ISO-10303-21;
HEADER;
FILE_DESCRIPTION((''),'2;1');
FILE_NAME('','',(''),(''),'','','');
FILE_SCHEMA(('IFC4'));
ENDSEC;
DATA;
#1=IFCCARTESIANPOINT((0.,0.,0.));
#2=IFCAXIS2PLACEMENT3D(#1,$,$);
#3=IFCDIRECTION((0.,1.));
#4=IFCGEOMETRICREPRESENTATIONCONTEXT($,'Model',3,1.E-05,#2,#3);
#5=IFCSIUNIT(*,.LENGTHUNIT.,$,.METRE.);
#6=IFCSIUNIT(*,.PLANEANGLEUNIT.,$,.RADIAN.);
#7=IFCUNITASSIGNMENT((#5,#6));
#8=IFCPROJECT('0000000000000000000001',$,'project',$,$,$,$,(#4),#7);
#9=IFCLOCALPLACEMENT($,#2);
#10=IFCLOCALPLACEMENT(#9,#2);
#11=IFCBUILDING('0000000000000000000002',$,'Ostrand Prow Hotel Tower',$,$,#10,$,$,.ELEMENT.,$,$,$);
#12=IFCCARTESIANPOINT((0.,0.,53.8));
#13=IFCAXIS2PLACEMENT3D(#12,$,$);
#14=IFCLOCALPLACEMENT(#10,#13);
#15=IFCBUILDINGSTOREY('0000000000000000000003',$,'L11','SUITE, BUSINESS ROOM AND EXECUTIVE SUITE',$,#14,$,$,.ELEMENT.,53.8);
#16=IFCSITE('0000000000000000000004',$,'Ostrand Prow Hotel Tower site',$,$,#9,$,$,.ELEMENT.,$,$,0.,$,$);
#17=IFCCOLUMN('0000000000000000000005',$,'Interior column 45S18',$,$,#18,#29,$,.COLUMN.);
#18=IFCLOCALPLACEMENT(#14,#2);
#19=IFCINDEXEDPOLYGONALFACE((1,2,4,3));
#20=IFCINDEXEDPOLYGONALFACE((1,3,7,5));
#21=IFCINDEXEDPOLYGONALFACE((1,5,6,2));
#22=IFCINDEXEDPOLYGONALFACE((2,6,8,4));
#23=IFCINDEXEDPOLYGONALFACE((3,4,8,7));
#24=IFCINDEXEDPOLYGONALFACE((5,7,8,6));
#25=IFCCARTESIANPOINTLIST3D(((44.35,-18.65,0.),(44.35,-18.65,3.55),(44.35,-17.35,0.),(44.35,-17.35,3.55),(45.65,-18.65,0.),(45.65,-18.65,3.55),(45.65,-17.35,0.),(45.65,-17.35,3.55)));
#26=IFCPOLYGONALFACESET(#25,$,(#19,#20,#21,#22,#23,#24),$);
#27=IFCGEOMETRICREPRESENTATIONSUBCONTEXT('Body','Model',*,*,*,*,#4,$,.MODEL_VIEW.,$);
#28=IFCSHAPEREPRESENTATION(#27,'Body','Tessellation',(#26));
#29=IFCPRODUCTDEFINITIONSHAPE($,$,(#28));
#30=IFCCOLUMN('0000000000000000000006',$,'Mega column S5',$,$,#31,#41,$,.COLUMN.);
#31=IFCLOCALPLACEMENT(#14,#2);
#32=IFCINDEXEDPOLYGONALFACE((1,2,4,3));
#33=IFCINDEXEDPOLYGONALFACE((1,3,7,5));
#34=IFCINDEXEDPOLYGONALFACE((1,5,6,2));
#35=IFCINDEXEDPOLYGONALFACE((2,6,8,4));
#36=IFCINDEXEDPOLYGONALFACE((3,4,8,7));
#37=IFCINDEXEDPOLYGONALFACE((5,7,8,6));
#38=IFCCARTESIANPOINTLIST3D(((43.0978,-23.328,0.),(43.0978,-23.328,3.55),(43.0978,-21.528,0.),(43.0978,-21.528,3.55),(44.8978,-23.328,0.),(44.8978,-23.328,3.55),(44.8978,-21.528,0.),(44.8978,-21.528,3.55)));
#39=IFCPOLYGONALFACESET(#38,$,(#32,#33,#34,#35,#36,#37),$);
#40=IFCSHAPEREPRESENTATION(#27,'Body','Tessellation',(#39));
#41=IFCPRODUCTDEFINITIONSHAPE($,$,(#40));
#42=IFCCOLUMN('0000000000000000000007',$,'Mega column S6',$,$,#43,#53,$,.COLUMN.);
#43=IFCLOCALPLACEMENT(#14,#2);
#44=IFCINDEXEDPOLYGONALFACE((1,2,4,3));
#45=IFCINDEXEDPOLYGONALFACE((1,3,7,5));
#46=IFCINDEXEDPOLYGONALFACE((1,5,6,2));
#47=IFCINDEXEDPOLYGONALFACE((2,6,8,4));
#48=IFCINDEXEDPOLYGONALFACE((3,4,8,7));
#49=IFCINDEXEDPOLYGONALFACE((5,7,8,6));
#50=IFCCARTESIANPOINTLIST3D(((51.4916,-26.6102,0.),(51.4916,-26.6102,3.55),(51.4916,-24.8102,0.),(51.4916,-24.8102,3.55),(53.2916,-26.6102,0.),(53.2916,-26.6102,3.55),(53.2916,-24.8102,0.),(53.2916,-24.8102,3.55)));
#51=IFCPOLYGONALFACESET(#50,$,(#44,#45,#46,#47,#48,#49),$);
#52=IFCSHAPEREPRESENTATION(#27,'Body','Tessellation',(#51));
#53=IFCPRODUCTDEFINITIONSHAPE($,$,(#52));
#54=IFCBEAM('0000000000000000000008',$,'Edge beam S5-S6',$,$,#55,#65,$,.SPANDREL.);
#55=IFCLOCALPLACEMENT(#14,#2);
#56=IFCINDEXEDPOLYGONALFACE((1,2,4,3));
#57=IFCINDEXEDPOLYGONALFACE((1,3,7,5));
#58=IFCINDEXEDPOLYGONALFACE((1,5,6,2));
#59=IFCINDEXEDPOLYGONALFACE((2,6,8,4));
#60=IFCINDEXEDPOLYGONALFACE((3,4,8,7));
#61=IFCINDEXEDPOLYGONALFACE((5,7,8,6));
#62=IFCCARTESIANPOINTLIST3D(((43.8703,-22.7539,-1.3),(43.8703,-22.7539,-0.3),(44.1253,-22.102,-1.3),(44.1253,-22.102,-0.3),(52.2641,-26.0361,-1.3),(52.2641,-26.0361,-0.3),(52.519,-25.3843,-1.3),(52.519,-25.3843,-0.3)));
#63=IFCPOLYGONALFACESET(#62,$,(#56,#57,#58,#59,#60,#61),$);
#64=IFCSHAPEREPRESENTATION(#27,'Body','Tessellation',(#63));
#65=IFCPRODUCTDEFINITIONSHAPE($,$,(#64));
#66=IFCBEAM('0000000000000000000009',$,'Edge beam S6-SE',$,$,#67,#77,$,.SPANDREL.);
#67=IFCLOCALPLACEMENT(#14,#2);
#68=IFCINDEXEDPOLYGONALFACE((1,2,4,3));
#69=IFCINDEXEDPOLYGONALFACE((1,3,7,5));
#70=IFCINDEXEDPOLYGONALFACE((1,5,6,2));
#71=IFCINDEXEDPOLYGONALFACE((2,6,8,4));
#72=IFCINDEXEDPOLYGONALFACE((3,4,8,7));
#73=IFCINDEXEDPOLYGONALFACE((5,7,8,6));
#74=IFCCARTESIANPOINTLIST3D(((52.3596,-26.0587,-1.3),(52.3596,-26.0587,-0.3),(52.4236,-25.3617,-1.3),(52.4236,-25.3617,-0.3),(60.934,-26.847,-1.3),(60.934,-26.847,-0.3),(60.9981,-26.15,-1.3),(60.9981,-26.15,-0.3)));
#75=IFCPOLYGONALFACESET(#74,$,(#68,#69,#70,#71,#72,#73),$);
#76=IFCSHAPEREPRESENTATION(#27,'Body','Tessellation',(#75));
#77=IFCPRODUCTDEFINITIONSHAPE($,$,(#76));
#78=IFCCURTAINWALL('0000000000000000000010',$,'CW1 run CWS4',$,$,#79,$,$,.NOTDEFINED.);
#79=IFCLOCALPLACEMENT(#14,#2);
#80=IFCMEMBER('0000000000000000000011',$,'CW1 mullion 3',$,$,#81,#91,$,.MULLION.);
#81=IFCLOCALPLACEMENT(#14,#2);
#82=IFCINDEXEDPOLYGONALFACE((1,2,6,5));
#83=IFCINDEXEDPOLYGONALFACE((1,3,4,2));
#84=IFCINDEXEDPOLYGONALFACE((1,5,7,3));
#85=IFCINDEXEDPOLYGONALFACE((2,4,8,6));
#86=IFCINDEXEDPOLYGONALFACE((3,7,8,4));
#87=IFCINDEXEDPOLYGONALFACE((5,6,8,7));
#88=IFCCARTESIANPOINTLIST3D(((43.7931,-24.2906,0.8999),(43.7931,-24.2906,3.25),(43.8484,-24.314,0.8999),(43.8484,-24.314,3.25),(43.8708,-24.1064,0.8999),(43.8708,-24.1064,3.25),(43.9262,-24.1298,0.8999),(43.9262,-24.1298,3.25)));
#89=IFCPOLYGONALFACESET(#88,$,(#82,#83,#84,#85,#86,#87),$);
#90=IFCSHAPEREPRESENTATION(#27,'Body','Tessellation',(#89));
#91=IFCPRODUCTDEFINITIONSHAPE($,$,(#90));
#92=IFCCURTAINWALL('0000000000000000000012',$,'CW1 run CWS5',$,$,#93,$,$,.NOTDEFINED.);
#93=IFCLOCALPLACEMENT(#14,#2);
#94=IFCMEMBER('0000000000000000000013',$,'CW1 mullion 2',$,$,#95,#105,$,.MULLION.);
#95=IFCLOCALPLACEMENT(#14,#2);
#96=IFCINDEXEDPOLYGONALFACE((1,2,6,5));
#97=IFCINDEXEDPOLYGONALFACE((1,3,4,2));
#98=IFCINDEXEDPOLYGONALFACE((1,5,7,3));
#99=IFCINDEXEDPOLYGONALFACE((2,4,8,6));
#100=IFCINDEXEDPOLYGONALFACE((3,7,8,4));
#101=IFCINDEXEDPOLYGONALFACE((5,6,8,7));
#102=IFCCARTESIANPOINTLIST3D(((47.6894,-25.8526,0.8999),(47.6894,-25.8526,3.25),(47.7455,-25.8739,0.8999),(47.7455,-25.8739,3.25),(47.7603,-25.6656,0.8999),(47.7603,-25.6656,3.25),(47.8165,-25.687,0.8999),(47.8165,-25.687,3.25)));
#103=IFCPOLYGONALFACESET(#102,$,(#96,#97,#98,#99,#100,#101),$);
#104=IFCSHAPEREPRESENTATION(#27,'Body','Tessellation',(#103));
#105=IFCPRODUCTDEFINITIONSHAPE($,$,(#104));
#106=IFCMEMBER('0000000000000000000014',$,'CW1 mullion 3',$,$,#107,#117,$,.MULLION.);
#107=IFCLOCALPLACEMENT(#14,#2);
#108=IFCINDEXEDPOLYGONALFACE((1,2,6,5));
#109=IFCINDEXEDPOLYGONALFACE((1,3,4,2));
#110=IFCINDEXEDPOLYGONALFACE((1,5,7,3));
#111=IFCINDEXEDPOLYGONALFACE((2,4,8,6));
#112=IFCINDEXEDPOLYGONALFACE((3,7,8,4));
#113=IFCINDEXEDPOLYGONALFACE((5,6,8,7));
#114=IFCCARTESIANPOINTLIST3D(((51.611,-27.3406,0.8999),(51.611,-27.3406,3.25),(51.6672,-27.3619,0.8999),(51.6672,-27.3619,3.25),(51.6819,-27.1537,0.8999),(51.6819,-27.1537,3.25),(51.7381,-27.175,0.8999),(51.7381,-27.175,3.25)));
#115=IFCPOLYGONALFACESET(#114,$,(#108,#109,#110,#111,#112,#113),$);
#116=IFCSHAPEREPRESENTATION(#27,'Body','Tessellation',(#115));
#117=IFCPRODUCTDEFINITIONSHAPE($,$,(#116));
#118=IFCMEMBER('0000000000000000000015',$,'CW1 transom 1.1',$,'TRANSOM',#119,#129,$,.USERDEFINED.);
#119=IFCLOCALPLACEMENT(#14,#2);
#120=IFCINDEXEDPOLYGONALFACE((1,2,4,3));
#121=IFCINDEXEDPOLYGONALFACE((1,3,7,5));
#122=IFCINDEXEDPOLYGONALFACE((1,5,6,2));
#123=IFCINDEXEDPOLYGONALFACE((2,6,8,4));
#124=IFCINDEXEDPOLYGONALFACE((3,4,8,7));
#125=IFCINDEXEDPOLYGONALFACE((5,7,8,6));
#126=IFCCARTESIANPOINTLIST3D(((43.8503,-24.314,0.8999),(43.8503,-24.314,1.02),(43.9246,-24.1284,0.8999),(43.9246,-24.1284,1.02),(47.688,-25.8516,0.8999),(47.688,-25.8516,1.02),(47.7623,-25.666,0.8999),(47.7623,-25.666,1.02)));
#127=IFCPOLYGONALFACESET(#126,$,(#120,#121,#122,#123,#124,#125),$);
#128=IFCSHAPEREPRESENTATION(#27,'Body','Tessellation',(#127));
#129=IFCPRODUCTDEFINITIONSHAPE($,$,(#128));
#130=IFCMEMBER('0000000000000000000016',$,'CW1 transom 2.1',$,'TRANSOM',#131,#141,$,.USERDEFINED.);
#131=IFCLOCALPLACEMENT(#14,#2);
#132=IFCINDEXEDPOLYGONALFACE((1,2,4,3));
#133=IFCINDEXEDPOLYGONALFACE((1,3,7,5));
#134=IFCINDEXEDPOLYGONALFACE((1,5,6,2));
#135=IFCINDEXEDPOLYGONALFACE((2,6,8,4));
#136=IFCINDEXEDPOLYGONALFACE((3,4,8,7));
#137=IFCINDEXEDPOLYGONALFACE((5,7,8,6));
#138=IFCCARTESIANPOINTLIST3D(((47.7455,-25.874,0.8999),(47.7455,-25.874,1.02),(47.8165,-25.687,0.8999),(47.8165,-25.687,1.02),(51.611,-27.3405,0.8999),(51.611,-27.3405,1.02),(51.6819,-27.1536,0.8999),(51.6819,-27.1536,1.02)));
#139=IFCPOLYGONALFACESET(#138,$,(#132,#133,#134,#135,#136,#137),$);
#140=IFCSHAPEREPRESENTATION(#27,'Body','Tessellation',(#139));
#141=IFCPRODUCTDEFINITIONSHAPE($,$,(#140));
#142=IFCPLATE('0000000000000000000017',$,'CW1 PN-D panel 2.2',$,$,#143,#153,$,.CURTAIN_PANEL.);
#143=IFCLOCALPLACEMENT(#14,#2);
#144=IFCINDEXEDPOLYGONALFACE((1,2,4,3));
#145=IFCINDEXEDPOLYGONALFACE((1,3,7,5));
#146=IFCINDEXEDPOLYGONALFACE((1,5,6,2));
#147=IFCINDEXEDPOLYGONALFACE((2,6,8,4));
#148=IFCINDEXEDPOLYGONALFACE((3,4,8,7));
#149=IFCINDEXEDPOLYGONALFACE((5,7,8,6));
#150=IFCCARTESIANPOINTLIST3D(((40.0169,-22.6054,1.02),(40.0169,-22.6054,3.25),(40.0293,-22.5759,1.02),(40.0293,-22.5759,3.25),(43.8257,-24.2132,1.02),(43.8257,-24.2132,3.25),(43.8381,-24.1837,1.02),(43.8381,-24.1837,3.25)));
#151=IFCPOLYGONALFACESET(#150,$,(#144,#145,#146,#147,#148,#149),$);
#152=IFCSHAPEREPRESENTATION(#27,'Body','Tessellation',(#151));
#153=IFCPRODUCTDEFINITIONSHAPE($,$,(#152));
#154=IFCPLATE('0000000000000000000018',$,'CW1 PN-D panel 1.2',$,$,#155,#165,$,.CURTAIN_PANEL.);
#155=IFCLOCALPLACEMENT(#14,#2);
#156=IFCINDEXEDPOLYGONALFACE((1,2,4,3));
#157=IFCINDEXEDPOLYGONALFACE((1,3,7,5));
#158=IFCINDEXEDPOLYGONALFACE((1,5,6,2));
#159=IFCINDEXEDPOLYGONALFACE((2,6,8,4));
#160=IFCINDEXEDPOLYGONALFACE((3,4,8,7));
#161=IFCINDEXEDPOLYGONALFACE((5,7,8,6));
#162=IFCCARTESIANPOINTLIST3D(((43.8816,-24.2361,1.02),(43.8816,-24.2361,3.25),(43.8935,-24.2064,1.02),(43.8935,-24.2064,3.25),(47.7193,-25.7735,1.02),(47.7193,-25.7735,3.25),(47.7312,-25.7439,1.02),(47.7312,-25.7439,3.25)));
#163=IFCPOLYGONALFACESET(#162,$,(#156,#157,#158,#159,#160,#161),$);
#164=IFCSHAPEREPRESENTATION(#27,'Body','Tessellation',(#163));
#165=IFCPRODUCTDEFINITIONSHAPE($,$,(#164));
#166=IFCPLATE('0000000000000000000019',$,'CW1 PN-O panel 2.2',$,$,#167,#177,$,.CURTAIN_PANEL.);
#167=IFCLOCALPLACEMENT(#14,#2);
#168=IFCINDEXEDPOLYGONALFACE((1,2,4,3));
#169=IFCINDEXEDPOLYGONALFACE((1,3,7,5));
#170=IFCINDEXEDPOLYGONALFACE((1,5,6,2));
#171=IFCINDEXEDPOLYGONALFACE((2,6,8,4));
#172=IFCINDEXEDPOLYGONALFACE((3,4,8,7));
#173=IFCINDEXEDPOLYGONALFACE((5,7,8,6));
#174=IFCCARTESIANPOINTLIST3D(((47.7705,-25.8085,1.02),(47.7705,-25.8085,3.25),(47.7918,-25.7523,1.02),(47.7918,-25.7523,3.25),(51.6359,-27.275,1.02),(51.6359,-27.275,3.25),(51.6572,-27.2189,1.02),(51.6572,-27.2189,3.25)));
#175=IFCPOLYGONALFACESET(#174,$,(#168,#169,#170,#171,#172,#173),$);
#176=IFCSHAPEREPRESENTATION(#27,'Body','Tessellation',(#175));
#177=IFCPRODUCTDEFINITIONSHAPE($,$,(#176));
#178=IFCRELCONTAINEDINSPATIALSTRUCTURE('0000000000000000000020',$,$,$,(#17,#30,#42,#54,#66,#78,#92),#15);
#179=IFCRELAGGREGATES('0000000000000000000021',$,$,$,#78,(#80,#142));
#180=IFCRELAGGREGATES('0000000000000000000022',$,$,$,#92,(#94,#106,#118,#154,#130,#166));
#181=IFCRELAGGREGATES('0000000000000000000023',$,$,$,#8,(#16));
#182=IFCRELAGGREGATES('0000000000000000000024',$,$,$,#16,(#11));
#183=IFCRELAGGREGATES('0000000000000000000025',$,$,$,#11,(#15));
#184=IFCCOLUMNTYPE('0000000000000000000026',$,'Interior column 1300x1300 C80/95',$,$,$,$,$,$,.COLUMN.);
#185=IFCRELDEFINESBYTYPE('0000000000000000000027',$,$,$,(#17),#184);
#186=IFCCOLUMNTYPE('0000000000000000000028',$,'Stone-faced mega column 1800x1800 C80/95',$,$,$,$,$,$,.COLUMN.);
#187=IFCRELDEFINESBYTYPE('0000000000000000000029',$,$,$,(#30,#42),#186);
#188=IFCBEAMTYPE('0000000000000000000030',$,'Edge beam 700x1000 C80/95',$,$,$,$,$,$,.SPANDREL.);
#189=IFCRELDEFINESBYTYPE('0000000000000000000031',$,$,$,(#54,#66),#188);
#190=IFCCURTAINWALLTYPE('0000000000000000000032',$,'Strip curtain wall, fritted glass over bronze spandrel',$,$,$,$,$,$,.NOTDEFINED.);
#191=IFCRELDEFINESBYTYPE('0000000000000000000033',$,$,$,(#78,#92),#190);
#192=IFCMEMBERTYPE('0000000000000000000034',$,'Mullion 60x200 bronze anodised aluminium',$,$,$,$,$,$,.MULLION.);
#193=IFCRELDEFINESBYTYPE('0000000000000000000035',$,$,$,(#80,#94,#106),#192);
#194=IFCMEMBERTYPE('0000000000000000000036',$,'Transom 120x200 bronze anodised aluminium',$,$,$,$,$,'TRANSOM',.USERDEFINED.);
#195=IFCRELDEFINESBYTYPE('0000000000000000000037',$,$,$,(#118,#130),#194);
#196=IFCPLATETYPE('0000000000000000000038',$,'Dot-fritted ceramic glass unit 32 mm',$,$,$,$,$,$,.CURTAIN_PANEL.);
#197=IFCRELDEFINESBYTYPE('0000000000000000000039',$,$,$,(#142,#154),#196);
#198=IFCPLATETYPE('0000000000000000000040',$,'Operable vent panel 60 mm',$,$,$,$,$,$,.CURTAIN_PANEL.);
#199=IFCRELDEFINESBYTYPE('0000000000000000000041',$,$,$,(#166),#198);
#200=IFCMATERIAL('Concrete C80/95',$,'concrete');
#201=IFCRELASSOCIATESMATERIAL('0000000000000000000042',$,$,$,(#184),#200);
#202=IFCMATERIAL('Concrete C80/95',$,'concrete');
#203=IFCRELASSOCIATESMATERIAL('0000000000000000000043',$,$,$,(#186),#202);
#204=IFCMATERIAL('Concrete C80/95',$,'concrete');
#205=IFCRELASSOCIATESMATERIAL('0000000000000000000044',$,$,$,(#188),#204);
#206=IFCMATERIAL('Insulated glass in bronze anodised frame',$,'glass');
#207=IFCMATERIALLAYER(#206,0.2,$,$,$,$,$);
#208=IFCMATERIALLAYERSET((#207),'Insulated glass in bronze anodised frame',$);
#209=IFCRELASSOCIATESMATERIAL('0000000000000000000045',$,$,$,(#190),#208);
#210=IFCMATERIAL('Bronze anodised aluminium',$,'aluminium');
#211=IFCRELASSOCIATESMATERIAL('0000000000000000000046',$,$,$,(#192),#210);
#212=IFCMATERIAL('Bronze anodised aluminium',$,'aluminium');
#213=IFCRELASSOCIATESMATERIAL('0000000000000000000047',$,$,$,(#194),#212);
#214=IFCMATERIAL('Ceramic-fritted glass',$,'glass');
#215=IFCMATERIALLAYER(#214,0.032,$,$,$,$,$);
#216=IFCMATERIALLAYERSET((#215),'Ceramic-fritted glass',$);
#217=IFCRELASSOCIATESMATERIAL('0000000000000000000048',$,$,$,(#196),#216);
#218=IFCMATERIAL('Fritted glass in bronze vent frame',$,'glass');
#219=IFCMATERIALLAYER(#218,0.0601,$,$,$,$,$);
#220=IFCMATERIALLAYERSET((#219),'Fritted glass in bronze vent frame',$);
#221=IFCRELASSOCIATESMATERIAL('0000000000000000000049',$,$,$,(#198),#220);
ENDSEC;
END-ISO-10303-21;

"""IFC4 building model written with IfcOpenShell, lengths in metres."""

from ifc_helpers import new_model, si_unit, direction, frame, origin, origin_2d, place, context, subcontext, project, spatial, rectangle, extrude, material, layer, layer_set, material_profile, profile_set, type_object, element, aggregate, save


model = new_model("IFC4")

# Units and contexts
model_context = context("Model", 3, precision=1e-05, world=origin(), true_north=direction((0.0, 1.0)))
body_context = subcontext(model_context, "Body", "Model", "MODEL_VIEW")
ifc_project = project(units=[si_unit("LENGTHUNIT", "METRE"), si_unit("PLANEANGLEUNIT", "RADIAN")], contexts=[model_context])

# Site, building, storey
site_placement = place(None, origin())
site = spatial("IfcSite", under=ifc_project, at=site_placement, Name="Ostrand Prow Hotel Tower site", CompositionType="ELEMENT", RefElevation=0.0)
building_placement = place(site_placement, origin())
building = spatial("IfcBuilding", under=site, at=building_placement, Name="Ostrand Prow Hotel Tower", CompositionType="ELEMENT")
storey_placement = place(building_placement, frame((0.0, 0.0, 53.8)))
storey = spatial("IfcBuildingStorey", under=building, at=storey_placement, Name="L11", Description="SUITE, BUSINESS ROOM AND EXECUTIVE SUITE", CompositionType="ELEMENT", Elevation=53.8)

# Columns
ifc_material_1 = material(Name="Concrete C80/95", Category="concrete")
ifc_material_profile_1 = material_profile(ifc_material_1, rectangle(XDim=1.3, YDim=1.3, at=origin_2d()), Name="RC 1300x1300")
ifc_profile_set_1 = profile_set([ifc_material_profile_1], Name="Concrete C80/95")
column_type_1 = type_object("IfcColumnType", Name="Interior column 1300x1300 C80/95", PredefinedType="COLUMN", material=ifc_profile_set_1)
column_placement = place(storey_placement, frame((45.0, -18.0, 0.0), z_axis=(0.0, 0.0, 1.0), x_axis=(1.0, 0.0, 0.0)))
element("IfcColumn", 1, at=column_placement, inside=storey, type_object=column_type_1, Name="Interior column 45S18", PredefinedType="COLUMN", context=body_context, shape_type="SweptSolid", body=[
    extrude(rectangle(XDim=1.3, YDim=1.3, at=origin_2d()), origin(), (0.0, 0.0, 1.0), 3.55),
])
ifc_material_2 = material(Name="Concrete C80/95", Category="concrete")
ifc_material_profile_2 = material_profile(ifc_material_2, rectangle(XDim=1.8, YDim=1.8, at=origin_2d()), Name="RC 1800x1800")
ifc_profile_set_2 = profile_set([ifc_material_profile_2], Name="Concrete C80/95")
column_type_2 = type_object("IfcColumnType", Name="Stone-faced mega column 1800x1800 C80/95", PredefinedType="COLUMN", material=ifc_profile_set_2)
for number, where, z_axis, x_axis, name in (
    (2, (43.9978, -22.428, 0.0), (0.0, 0.0, 1.0), (1.0, 0.0, 0.0), "Mega column S5"),
    (3, (52.3916, -25.7102, 0.0), (0.0, 0.0, 1.0), (1.0, 0.0, 0.0), "Mega column S6"),
):
    element("IfcColumn", number, at=place(storey_placement, frame(where, z_axis=z_axis, x_axis=x_axis)), inside=storey, type_object=column_type_2, Name=name, PredefinedType="COLUMN", context=body_context, shape_type="SweptSolid", body=[
        extrude(rectangle(XDim=1.8, YDim=1.8, at=origin_2d()), origin(), (0.0, 0.0, 1.0), 3.55),
    ])

# Beams
ifc_material_3 = material(Name="Concrete C80/95", Category="concrete")
ifc_material_profile_3 = material_profile(ifc_material_3, rectangle(XDim=0.7, YDim=1.0, at=origin_2d()), Name="RC 700x1000")
ifc_profile_set_3 = profile_set([ifc_material_profile_3], Name="Concrete C80/95")
beam_type = type_object("IfcBeamType", Name="Edge beam 700x1000 C80/95", PredefinedType="SPANDREL", material=ifc_profile_set_3)
beam_1_placement = place(storey_placement, frame((43.9978, -22.428, -0.8), z_axis=(0.931329, -0.364178, 0.0), x_axis=(0.364178, 0.931329, 0.0)))
element("IfcBeam", 4, at=beam_1_placement, inside=storey, type_object=beam_type, Name="Edge beam S5-S6", PredefinedType="SPANDREL", context=body_context, shape_type="SweptSolid", body=[
    extrude(rectangle(XDim=0.7, YDim=1.0, at=origin_2d()), origin(), (0.0, 0.0, 1.0), 9.0127),
])
beam_2_placement = place(storey_placement, frame((52.3916, -25.7102, -0.8), z_axis=(0.9958, -0.091553, 0.0), x_axis=(0.091553, 0.9958, 0.0)))
element("IfcBeam", 5, at=beam_2_placement, inside=storey, type_object=beam_type, Name="Edge beam S6-SE", PredefinedType="SPANDREL", context=body_context, shape_type="SweptSolid", body=[
    extrude(rectangle(XDim=0.7, YDim=1.0, at=origin_2d()), origin(), (0.0, 0.0, 1.0), 8.6106),
])

# Curtain wall, member
ifc_material_4 = material(Name="Insulated glass in bronze anodised frame", Category="glass")
ifc_layer_1 = layer(ifc_material_4, 0.2)
ifc_layer_set_1 = layer_set([ifc_layer_1], Name="Insulated glass in bronze anodised frame")
curtain_wall_type = type_object("IfcCurtainWallType", Name="Strip curtain wall, fritted glass over bronze spandrel", PredefinedType="NOTDEFINED", material=ifc_layer_set_1)
curtain_wall_1_placement = place(storey_placement, origin())
curtain_wall_1 = element("IfcCurtainWall", 6, at=curtain_wall_1_placement, inside=storey, type_object=curtain_wall_type, Name="CW1 run CWS4", PredefinedType="NOTDEFINED")
ifc_material_5 = material(Name="Bronze anodised aluminium", Category="aluminium")
ifc_material_profile_4 = material_profile(ifc_material_5, rectangle(XDim=0.2, YDim=0.0601, at=origin_2d()), Name="Mullion 60x200 bronze anodised aluminium")
ifc_profile_set_4 = profile_set([ifc_material_profile_4], Name="Bronze anodised aluminium")
member_type_1 = type_object("IfcMemberType", Name="Mullion 60x200 bronze anodised aluminium", PredefinedType="MULLION", material=ifc_profile_set_4)
member_1_placement = place(storey_placement, frame((43.8596, -24.2102, 0.8999), z_axis=(0.0, 0.0, 1.0), x_axis=(0.388892, 0.921283, 0.0)))
member_1 = element("IfcMember", 7, at=member_1_placement, type_object=member_type_1, Name="CW1 mullion 3", PredefinedType="MULLION", context=body_context, shape_type="SweptSolid", body=[
    extrude(rectangle(XDim=0.2, YDim=0.0601, at=origin_2d()), origin(), (0.0, 0.0, 1.0), 2.3501),
])

# Curtain wall, members
curtain_wall_2_placement = place(storey_placement, origin())
curtain_wall_2 = element("IfcCurtainWall", 8, at=curtain_wall_2_placement, inside=storey, type_object=curtain_wall_type, Name="CW1 run CWS5", PredefinedType="NOTDEFINED")
member_2_placement = place(storey_placement, frame((47.7529, -25.7698, 0.8999), z_axis=(0.0, 0.0, 1.0), x_axis=(0.354728, 0.934969, 0.0)))
member_2 = element("IfcMember", 9, at=member_2_placement, type_object=member_type_1, Name="CW1 mullion 2", PredefinedType="MULLION", context=body_context, shape_type="SweptSolid", body=[
    extrude(rectangle(XDim=0.2, YDim=0.0601, at=origin_2d()), origin(), (0.0, 0.0, 1.0), 2.3501),
])
member_3_placement = place(storey_placement, frame((51.6746, -27.2578, 0.8999), z_axis=(0.0, 0.0, 1.0), x_axis=(0.354728, 0.934969, 0.0)))
member_3 = element("IfcMember", 10, at=member_3_placement, type_object=member_type_1, Name="CW1 mullion 3", PredefinedType="MULLION", context=body_context, shape_type="SweptSolid", body=[
    extrude(rectangle(XDim=0.2, YDim=0.0601, at=origin_2d()), origin(), (0.0, 0.0, 1.0), 2.3501),
])
ifc_material_6 = material(Name="Bronze anodised aluminium", Category="aluminium")
ifc_material_profile_5 = material_profile(ifc_material_6, rectangle(XDim=0.2, YDim=0.1201, at=origin_2d()), Name="Transom 120x200 bronze anodised aluminium")
ifc_profile_set_5 = profile_set([ifc_material_profile_5], Name="Bronze anodised aluminium")
member_type_2 = type_object("IfcMemberType", Name="Transom 120x200 bronze anodised aluminium", ElementType="TRANSOM", PredefinedType="USERDEFINED", material=ifc_profile_set_5)
member_4_placement = place(storey_placement, frame((43.8875, -24.2212, 0.96), z_axis=(0.928265, -0.37192, 0.0), x_axis=(0.37192, 0.928265, 0.0)))
member_4 = element("IfcMember", 11, at=member_4_placement, type_object=member_type_2, Name="CW1 transom 1.1", ObjectType="TRANSOM", PredefinedType="USERDEFINED", context=body_context, shape_type="SweptSolid", body=[
    extrude(rectangle(XDim=0.2, YDim=0.1201, at=origin_2d()), origin(), (0.0, 0.0, 1.0), 4.1343),
])
member_5_placement = place(storey_placement, frame((47.781, -25.7805, 0.96), z_axis=(0.934971, -0.354725, 0.0), x_axis=(0.354725, 0.934971, 0.0)))
member_5 = element("IfcMember", 12, at=member_5_placement, type_object=member_type_2, Name="CW1 transom 2.1", ObjectType="TRANSOM", PredefinedType="USERDEFINED", context=body_context, shape_type="SweptSolid", body=[
    extrude(rectangle(XDim=0.2, YDim=0.1201, at=origin_2d()), origin(), (0.0, 0.0, 1.0), 4.1343),
])

# Plates
ifc_material_7 = material(Name="Ceramic-fritted glass", Category="glass")
ifc_layer_2 = layer(ifc_material_7, 0.032)
ifc_layer_set_2 = layer_set([ifc_layer_2], Name="Ceramic-fritted glass")
plate_type_1 = type_object("IfcPlateType", Name="Dot-fritted ceramic glass unit 32 mm", PredefinedType="CURTAIN_PANEL", material=ifc_layer_set_2)
plate_1_placement = place(storey_placement, frame((41.9275, -23.3945, 1.02), z_axis=(0.0, 0.0, 1.0), x_axis=(0.921283, -0.388892, 0.0)))
plate_1 = element("IfcPlate", 13, at=plate_1_placement, type_object=plate_type_1, Name="CW1 PN-D panel 2.2", PredefinedType="CURTAIN_PANEL", context=body_context, shape_type="SweptSolid", body=[
    extrude(rectangle(XDim=4.1343, YDim=0.032, at=origin_2d()), origin(), (0.0, 0.0, 1.0), 2.23),
])
aggregate(curtain_wall_1, [member_1, plate_1])
plate_2_placement = place(storey_placement, frame((45.8064, -24.99, 1.02), z_axis=(0.0, 0.0, 1.0), x_axis=(0.928283, -0.371873, 0.0)))
plate_2 = element("IfcPlate", 14, at=plate_2_placement, type_object=plate_type_1, Name="CW1 PN-D panel 1.2", PredefinedType="CURTAIN_PANEL", context=body_context, shape_type="SweptSolid", body=[
    extrude(rectangle(XDim=4.1343, YDim=0.032, at=origin_2d()), origin(), (0.0, 0.0, 1.0), 2.23),
])
ifc_material_8 = material(Name="Fritted glass in bronze vent frame", Category="glass")
ifc_layer_3 = layer(ifc_material_8, 0.0601)
ifc_layer_set_3 = layer_set([ifc_layer_3], Name="Fritted glass in bronze vent frame")
plate_type_2 = type_object("IfcPlateType", Name="Operable vent panel 60 mm", PredefinedType="CURTAIN_PANEL", material=ifc_layer_set_3)
plate_3_placement = place(storey_placement, frame((49.7139, -26.5137, 1.02), z_axis=(0.0, 0.0, 1.0), x_axis=(0.934969, -0.354728, 0.0)))
plate_3 = element("IfcPlate", 15, at=plate_3_placement, type_object=plate_type_2, Name="CW1 PN-O panel 2.2", PredefinedType="CURTAIN_PANEL", context=body_context, shape_type="SweptSolid", body=[
    extrude(rectangle(XDim=4.1343, YDim=0.0601, at=origin_2d()), origin(), (0.0, 0.0, 1.0), 2.23),
])
aggregate(curtain_wall_2, [member_2, member_3, member_4, plate_2, member_5, plate_3])

save(model, "model.ifc")
